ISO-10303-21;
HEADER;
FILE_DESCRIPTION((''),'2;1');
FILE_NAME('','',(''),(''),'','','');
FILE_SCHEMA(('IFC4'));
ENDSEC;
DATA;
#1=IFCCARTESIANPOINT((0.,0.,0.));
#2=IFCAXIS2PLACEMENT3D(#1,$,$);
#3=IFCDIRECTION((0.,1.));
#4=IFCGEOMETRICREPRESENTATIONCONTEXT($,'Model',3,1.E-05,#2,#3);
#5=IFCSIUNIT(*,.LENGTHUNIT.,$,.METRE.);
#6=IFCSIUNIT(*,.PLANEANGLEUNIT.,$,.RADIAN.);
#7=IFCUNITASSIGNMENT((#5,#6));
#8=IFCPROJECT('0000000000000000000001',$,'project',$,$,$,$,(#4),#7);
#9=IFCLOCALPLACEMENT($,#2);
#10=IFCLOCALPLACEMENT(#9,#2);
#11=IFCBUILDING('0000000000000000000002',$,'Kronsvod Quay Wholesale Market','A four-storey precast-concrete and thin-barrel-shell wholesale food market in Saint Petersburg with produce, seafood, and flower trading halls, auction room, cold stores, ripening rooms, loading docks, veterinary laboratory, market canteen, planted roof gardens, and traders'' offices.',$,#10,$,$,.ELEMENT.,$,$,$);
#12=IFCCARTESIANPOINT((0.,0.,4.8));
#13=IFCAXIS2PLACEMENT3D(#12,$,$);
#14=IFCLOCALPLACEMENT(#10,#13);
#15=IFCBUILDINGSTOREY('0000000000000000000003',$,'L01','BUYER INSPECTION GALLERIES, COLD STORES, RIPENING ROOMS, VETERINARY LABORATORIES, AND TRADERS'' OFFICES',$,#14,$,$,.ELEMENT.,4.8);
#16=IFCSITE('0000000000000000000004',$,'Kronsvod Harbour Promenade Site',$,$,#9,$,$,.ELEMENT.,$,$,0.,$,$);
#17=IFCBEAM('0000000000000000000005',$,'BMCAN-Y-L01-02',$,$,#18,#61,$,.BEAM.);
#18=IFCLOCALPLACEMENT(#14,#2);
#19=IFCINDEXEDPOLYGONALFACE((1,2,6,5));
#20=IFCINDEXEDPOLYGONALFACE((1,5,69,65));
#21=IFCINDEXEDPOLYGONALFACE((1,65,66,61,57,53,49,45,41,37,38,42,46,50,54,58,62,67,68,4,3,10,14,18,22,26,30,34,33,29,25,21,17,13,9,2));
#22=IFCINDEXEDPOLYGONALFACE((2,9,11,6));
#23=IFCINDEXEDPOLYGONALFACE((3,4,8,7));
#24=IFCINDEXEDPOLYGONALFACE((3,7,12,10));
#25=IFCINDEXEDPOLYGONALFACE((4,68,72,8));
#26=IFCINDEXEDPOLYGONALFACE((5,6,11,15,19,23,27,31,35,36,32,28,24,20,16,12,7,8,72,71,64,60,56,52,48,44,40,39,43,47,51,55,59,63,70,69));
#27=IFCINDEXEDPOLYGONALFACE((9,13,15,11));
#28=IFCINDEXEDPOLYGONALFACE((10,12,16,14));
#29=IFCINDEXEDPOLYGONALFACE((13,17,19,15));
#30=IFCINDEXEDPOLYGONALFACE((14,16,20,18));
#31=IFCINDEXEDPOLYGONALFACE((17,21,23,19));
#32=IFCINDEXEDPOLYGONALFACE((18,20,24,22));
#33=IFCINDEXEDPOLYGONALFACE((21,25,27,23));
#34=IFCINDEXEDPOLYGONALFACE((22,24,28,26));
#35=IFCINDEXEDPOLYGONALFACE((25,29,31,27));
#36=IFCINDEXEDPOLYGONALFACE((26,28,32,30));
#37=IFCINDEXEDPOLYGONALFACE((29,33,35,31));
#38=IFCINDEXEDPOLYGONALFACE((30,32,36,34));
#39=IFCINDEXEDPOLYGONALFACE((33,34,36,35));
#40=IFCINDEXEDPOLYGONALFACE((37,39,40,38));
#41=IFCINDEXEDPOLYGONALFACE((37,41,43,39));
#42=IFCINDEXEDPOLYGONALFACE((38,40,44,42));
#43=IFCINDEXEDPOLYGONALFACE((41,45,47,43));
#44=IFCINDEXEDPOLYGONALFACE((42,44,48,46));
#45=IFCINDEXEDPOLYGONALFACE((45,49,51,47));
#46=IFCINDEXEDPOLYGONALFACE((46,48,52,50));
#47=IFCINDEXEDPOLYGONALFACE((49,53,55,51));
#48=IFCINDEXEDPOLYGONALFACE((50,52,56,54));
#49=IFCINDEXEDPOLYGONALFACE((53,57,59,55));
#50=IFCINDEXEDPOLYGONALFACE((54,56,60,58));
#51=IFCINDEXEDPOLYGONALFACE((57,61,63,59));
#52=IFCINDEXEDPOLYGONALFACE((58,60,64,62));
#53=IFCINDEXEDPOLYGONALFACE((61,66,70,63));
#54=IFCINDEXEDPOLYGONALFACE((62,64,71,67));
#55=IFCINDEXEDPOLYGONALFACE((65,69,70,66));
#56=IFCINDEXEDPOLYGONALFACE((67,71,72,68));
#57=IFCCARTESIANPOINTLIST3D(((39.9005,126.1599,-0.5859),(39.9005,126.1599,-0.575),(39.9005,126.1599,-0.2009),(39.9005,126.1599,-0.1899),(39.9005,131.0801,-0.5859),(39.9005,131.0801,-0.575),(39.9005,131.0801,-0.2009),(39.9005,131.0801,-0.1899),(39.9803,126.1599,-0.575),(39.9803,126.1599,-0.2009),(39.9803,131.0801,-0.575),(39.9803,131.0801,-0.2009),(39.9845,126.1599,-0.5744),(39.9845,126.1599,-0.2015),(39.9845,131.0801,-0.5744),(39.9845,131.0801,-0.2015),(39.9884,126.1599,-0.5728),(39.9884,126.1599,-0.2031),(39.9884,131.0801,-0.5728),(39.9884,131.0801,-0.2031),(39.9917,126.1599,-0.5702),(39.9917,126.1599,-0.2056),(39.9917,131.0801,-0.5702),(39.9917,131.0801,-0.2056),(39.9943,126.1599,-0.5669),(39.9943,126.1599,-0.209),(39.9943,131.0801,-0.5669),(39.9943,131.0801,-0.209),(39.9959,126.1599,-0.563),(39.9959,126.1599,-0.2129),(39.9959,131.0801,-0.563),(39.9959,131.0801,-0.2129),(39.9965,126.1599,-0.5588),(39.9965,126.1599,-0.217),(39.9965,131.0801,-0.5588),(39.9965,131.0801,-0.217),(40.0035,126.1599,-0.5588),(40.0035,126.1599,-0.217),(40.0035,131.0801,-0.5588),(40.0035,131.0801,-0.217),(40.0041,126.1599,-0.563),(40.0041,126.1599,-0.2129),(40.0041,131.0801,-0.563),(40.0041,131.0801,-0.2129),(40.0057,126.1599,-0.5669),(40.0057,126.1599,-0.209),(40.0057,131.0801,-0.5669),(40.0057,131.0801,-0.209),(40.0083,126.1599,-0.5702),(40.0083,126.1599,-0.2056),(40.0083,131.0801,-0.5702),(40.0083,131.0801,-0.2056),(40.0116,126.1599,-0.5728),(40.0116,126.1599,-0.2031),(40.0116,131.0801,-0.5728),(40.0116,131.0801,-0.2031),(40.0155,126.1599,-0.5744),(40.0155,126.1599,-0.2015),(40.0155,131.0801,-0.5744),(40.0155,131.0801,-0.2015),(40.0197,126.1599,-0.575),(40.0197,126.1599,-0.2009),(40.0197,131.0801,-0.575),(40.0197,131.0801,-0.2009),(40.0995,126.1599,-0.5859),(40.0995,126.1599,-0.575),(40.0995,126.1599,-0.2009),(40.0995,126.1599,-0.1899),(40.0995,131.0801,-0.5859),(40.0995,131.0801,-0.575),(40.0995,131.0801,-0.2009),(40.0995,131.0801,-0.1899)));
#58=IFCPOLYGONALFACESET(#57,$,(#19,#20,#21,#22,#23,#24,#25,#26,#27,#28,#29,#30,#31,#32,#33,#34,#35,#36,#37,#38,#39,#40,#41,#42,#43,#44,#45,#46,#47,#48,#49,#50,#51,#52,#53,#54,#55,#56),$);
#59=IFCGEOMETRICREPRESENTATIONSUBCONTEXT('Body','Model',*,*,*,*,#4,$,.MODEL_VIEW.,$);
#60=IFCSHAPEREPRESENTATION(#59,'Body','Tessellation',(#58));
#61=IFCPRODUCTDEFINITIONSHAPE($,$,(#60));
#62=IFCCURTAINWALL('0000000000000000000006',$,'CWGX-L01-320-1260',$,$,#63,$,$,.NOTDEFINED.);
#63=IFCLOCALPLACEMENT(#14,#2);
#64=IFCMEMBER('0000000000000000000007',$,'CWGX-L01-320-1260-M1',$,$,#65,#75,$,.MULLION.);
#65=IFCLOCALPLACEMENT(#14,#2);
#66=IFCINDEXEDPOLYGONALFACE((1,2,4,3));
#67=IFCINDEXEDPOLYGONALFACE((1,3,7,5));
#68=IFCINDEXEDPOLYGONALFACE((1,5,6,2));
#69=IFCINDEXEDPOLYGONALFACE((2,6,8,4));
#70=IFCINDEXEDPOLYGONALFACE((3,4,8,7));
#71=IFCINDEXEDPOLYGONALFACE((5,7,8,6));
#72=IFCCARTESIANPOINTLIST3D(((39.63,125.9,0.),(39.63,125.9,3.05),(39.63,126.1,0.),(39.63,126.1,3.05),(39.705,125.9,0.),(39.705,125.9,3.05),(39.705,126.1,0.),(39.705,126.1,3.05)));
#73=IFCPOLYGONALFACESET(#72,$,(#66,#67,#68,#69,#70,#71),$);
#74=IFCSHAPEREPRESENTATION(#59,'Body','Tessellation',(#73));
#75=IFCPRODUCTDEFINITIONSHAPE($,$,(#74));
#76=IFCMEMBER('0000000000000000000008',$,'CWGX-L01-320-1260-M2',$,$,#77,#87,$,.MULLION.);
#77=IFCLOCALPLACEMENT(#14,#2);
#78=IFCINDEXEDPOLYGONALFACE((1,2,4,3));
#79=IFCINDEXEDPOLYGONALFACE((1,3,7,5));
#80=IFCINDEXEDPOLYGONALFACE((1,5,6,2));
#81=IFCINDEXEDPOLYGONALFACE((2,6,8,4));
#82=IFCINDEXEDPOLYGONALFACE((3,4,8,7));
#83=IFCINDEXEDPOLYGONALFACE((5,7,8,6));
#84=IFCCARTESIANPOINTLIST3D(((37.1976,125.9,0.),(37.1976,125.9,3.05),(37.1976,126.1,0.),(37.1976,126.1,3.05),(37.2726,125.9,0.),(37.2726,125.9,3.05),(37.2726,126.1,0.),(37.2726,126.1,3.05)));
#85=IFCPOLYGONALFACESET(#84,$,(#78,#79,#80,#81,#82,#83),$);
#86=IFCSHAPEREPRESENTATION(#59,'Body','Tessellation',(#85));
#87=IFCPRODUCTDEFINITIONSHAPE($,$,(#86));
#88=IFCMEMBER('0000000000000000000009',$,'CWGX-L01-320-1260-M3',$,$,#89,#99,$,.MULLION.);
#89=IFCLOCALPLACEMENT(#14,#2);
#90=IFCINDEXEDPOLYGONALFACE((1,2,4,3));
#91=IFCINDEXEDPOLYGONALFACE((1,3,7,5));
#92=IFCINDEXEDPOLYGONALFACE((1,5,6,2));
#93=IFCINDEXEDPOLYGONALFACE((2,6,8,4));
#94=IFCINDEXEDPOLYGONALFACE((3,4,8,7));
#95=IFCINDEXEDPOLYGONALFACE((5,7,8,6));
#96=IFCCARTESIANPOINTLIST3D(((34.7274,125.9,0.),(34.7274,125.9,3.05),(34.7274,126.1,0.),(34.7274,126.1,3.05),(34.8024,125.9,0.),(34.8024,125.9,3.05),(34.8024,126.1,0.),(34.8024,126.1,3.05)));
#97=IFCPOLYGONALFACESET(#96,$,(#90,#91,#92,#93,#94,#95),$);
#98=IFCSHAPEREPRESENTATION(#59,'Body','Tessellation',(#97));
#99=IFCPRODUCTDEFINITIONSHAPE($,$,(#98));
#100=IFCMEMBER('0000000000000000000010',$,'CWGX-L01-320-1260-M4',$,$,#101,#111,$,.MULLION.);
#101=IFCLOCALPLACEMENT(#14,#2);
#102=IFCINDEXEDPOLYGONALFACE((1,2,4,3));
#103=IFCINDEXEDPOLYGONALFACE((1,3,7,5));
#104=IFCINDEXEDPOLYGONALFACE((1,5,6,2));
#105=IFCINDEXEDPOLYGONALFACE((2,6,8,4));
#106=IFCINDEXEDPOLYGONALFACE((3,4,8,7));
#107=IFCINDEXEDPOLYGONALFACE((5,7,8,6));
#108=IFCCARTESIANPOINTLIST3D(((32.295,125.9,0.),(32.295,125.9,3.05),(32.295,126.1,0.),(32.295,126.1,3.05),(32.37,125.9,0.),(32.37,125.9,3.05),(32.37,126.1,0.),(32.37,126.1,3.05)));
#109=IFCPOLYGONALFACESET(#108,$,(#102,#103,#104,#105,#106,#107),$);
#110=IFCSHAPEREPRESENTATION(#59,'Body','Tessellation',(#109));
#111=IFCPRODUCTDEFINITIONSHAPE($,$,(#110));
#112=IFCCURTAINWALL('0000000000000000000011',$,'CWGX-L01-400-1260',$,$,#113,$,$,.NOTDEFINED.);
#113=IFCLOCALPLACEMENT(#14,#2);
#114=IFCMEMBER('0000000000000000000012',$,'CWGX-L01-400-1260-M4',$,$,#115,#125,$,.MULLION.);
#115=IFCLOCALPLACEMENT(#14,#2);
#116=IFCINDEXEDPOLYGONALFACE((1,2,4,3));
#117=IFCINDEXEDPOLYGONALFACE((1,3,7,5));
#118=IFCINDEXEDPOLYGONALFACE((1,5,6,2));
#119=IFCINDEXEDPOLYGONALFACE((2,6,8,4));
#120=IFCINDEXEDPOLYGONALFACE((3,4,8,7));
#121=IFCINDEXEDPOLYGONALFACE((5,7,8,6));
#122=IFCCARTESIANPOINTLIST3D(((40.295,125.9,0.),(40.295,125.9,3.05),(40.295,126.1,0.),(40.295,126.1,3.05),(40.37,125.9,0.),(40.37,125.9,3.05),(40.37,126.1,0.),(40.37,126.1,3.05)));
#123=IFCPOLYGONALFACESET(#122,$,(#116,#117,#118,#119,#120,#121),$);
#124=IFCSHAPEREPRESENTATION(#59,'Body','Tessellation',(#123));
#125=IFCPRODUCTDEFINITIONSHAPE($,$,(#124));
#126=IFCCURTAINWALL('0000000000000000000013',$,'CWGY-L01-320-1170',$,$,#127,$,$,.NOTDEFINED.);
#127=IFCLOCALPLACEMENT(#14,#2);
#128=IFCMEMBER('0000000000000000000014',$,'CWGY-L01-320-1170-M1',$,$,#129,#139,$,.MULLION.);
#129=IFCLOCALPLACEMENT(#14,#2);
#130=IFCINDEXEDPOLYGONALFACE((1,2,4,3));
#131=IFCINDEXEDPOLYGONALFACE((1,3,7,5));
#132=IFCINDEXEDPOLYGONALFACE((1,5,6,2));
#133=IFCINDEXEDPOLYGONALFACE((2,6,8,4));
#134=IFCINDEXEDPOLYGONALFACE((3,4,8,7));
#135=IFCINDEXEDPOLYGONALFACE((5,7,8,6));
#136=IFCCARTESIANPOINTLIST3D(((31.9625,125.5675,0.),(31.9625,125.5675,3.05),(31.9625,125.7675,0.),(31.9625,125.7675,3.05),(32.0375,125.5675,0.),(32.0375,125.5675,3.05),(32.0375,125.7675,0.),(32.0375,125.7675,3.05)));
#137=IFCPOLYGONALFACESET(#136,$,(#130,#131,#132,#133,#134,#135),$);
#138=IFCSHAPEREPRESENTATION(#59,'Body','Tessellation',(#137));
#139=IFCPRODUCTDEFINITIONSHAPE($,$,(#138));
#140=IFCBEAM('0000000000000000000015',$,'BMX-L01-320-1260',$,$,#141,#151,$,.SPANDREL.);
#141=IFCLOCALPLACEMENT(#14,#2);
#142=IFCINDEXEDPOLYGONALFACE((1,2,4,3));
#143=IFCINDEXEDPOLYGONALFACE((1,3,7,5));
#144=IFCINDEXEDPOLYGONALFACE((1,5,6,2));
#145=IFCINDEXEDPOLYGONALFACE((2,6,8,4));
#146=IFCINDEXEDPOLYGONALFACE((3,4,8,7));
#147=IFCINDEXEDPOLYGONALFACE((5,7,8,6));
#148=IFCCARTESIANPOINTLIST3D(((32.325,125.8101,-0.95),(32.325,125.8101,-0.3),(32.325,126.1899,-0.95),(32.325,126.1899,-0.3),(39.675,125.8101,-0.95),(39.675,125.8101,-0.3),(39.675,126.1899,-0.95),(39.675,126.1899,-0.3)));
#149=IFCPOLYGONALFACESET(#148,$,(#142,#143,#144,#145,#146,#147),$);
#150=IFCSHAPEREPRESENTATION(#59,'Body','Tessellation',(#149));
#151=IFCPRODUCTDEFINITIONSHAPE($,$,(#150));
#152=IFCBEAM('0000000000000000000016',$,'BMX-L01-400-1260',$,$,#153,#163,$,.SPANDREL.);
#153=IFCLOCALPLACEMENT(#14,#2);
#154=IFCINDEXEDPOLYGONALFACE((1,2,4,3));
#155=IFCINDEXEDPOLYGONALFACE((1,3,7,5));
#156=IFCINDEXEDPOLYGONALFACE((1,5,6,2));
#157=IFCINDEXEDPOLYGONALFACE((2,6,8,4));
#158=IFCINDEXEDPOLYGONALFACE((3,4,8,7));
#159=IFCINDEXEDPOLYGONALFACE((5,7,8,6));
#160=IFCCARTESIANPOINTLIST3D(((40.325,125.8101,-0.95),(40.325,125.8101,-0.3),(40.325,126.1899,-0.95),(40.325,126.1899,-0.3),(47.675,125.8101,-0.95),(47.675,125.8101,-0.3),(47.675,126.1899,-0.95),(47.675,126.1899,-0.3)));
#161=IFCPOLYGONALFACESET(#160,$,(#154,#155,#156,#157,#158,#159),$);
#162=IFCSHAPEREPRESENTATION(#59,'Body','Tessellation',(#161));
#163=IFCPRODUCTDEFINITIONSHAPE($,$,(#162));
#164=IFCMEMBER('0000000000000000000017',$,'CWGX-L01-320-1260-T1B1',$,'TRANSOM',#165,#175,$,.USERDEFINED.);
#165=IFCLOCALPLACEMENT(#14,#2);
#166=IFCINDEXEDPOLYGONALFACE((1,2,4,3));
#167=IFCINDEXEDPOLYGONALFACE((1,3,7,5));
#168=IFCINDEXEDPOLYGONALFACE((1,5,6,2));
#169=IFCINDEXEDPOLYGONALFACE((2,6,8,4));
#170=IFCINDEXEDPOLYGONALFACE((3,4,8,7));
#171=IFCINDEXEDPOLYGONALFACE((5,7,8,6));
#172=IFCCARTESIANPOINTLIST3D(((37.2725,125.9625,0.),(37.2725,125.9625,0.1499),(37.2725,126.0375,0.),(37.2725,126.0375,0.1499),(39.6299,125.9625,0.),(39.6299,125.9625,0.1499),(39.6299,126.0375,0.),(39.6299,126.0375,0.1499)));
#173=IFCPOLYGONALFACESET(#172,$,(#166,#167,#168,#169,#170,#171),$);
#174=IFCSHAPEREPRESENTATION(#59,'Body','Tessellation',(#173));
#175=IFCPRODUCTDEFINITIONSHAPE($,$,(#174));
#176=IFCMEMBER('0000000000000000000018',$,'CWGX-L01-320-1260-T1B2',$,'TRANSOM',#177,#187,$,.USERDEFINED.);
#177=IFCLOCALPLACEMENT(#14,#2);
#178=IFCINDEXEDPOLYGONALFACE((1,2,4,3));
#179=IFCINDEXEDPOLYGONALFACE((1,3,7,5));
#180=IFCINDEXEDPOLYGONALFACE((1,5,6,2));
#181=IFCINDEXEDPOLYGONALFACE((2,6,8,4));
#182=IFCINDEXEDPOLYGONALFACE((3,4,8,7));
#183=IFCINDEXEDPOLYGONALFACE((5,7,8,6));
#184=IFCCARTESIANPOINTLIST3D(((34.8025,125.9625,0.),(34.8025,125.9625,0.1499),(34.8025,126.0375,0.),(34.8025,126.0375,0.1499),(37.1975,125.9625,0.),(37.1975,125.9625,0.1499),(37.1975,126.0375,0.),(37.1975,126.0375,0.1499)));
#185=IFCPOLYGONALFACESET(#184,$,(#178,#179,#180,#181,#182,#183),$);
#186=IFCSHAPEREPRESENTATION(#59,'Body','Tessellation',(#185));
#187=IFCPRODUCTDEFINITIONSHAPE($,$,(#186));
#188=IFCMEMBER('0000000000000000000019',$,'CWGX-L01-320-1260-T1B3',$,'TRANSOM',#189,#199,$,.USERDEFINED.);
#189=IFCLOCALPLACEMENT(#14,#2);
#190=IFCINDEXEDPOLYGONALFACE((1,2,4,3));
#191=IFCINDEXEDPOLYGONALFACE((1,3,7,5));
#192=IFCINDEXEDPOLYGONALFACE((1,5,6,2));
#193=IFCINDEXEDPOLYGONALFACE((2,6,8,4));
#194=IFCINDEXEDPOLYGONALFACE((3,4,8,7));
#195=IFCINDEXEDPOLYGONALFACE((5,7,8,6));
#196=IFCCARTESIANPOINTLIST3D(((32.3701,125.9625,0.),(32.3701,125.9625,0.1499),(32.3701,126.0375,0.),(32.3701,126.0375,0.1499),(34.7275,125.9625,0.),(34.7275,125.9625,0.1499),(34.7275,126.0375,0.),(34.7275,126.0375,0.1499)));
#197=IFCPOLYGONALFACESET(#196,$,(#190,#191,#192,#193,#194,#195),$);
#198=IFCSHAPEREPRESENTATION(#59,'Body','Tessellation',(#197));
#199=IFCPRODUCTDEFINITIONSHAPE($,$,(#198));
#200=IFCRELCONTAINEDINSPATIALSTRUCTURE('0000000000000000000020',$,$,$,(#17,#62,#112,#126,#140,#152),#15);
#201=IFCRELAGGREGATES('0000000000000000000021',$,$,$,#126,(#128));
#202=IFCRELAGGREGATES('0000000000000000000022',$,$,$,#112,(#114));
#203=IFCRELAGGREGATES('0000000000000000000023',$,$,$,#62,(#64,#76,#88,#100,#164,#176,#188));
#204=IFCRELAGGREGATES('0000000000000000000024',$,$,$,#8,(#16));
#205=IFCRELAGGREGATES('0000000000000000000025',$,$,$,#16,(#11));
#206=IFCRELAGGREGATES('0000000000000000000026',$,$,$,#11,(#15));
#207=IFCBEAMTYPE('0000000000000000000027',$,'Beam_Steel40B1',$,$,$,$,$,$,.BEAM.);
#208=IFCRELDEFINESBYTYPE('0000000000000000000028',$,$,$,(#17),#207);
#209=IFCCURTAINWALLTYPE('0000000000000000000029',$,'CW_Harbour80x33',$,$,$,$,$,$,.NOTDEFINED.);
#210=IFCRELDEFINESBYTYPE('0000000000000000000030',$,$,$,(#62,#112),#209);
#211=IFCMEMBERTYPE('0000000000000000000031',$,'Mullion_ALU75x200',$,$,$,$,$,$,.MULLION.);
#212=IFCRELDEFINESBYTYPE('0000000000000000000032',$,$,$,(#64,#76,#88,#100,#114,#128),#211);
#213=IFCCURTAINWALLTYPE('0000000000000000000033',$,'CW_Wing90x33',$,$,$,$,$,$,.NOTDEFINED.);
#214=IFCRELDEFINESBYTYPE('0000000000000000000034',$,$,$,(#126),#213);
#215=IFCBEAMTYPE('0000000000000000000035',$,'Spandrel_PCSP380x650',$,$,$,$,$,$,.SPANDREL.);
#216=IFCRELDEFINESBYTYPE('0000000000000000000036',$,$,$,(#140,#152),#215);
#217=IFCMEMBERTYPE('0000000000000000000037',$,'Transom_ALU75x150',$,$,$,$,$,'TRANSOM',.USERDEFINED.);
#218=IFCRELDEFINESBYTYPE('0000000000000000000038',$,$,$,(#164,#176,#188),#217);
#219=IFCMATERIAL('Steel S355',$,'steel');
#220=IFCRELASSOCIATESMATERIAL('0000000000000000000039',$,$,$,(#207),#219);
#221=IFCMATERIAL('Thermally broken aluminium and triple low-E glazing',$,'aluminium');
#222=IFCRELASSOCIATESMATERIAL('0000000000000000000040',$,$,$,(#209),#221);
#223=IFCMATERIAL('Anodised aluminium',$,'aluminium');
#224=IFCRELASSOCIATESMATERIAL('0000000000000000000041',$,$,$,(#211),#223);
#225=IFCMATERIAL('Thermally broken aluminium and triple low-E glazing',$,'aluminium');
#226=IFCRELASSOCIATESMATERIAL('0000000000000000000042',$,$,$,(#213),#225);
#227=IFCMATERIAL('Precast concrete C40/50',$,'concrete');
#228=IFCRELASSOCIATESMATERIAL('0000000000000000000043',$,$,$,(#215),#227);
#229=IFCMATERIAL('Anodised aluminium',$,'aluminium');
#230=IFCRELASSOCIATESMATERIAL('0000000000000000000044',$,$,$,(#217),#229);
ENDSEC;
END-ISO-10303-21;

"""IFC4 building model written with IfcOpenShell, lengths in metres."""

from ifc_helpers import new_model, si_unit, direction, frame, origin, origin_2d, place, context, subcontext, project, spatial, rectangle, i_section, extrude, material, material_profile, profile_set, type_object, element, aggregate, save


model = new_model("IFC4")

# Units and contexts
model_context = context("Model", 3, precision=1e-05, world=origin(), true_north=direction((0.0, 1.0)))
body_context = subcontext(model_context, "Body", "Model", "MODEL_VIEW")
ifc_project = project(units=[si_unit("LENGTHUNIT", "METRE"), si_unit("PLANEANGLEUNIT", "RADIAN")], contexts=[model_context])

# Site, building, storey
site_placement = place(None, origin())
site = spatial("IfcSite", under=ifc_project, at=site_placement, Name="Kronsvod Harbour Promenade Site", CompositionType="ELEMENT", RefElevation=0.0)
building_placement = place(site_placement, origin())
building = spatial("IfcBuilding", under=site, at=building_placement, Name="Kronsvod Quay Wholesale Market", Description="A four-storey precast-concrete and thin-barrel-shell wholesale food market in Saint Petersburg with produce, seafood, and flower trading halls, auction room, cold stores, ripening rooms, loading docks, veterinary laboratory, market canteen, planted roof gardens, and traders' offices.", CompositionType="ELEMENT")
storey_placement = place(building_placement, frame((0.0, 0.0, 4.8)))
storey = spatial("IfcBuildingStorey", under=building, at=storey_placement, Name="L01", Description="BUYER INSPECTION GALLERIES, COLD STORES, RIPENING ROOMS, VETERINARY LABORATORIES, AND TRADERS' OFFICES", CompositionType="ELEMENT", Elevation=4.8)

# Beam
ifc_material_1 = material(Name="Steel S355", Category="steel")
ifc_material_profile_1 = material_profile(ifc_material_1, i_section(OverallWidth=0.199, OverallDepth=0.396, WebThickness=0.0071, FlangeThickness=0.011, FilletRadius=0.0161, at=origin_2d()), Name="40B1")
ifc_profile_set_1 = profile_set([ifc_material_profile_1], Name="Steel S355")
beam_type_1 = type_object("IfcBeamType", Name="Beam_Steel40B1", PredefinedType="BEAM", material=ifc_profile_set_1)
for number, where, z_axis, x_axis, name in (
    (1, (40.0, 126.1599, -0.3879), (0.0, 1.0, 0.0), (-1.0, 0.0, 0.0), "BMCAN-Y-L01-02"),
):
    element("IfcBeam", number, at=place(storey_placement, frame(where, z_axis=z_axis, x_axis=x_axis)), inside=storey, type_object=beam_type_1, Name=name, PredefinedType="BEAM", context=body_context, shape_type="SweptSolid", body=[
        extrude(i_section(OverallWidth=0.199, OverallDepth=0.396, WebThickness=0.0071, FlangeThickness=0.011, FilletRadius=0.0161, at=origin_2d()), origin(), (0.0, 0.0, 1.0), 4.9202),
    ])

# Curtain wall, members
ifc_material_2 = material(Name="Thermally broken aluminium and triple low-E glazing", Category="aluminium")
curtain_wall_type_1 = type_object("IfcCurtainWallType", Name="CW_Harbour80x33", PredefinedType="NOTDEFINED", material=ifc_material_2)
curtain_wall_1_placement = place(storey_placement, origin())
curtain_wall_1 = element("IfcCurtainWall", 2, at=curtain_wall_1_placement, inside=storey, type_object=curtain_wall_type_1, Name="CWGX-L01-320-1260", PredefinedType="NOTDEFINED")
ifc_material_3 = material(Name="Anodised aluminium", Category="aluminium")
ifc_material_profile_2 = material_profile(ifc_material_3, rectangle(XDim=0.075, YDim=0.2, at=origin_2d()), Name="ALUM75x200")
ifc_profile_set_2 = profile_set([ifc_material_profile_2], Name="Anodised aluminium")
member_type_1 = type_object("IfcMemberType", Name="Mullion_ALU75x200", PredefinedType="MULLION", material=ifc_profile_set_2)
member_1_placement = place(storey_placement, frame((39.6675, 126.0, 0.0), z_axis=(0.0, 0.0, 1.0), x_axis=(1.0, 0.0, 0.0)))
member_1 = element("IfcMember", 3, at=member_1_placement, type_object=member_type_1, Name="CWGX-L01-320-1260-M1", PredefinedType="MULLION", context=body_context, shape_type="SweptSolid", body=[
    extrude(rectangle(XDim=0.075, YDim=0.2, at=origin_2d()), origin(), (0.0, 0.0, 1.0), 3.05),
])
member_2_placement = place(storey_placement, frame((37.2351, 126.0, 0.0), z_axis=(0.0, 0.0, 1.0), x_axis=(1.0, 0.0, 0.0)))
member_2 = element("IfcMember", 4, at=member_2_placement, type_object=member_type_1, Name="CWGX-L01-320-1260-M2", PredefinedType="MULLION", context=body_context, shape_type="SweptSolid", body=[
    extrude(rectangle(XDim=0.075, YDim=0.2, at=origin_2d()), origin(), (0.0, 0.0, 1.0), 3.05),
])
member_3_placement = place(storey_placement, frame((34.7649, 126.0, 0.0), z_axis=(0.0, 0.0, 1.0), x_axis=(1.0, 0.0, 0.0)))
member_3 = element("IfcMember", 5, at=member_3_placement, type_object=member_type_1, Name="CWGX-L01-320-1260-M3", PredefinedType="MULLION", context=body_context, shape_type="SweptSolid", body=[
    extrude(rectangle(XDim=0.075, YDim=0.2, at=origin_2d()), origin(), (0.0, 0.0, 1.0), 3.05),
])
member_4_placement = place(storey_placement, frame((32.3325, 126.0, 0.0), z_axis=(0.0, 0.0, 1.0), x_axis=(1.0, 0.0, 0.0)))
member_4 = element("IfcMember", 6, at=member_4_placement, type_object=member_type_1, Name="CWGX-L01-320-1260-M4", PredefinedType="MULLION", context=body_context, shape_type="SweptSolid", body=[
    extrude(rectangle(XDim=0.075, YDim=0.2, at=origin_2d()), origin(), (0.0, 0.0, 1.0), 3.05),
])

# Curtain walls, members
curtain_wall_2_placement = place(storey_placement, origin())
curtain_wall_2 = element("IfcCurtainWall", 7, at=curtain_wall_2_placement, inside=storey, type_object=curtain_wall_type_1, Name="CWGX-L01-400-1260", PredefinedType="NOTDEFINED")
member_5_placement = place(storey_placement, frame((40.3325, 126.0, 0.0), z_axis=(0.0, 0.0, 1.0), x_axis=(1.0, 0.0, 0.0)))
member_5 = element("IfcMember", 8, at=member_5_placement, type_object=member_type_1, Name="CWGX-L01-400-1260-M4", PredefinedType="MULLION", context=body_context, shape_type="SweptSolid", body=[
    extrude(rectangle(XDim=0.075, YDim=0.2, at=origin_2d()), origin(), (0.0, 0.0, 1.0), 3.05),
])
ifc_material_4 = material(Name="Thermally broken aluminium and triple low-E glazing", Category="aluminium")
curtain_wall_type_2 = type_object("IfcCurtainWallType", Name="CW_Wing90x33", PredefinedType="NOTDEFINED", material=ifc_material_4)
curtain_wall_3_placement = place(storey_placement, origin())
curtain_wall_3 = element("IfcCurtainWall", 9, at=curtain_wall_3_placement, inside=storey, type_object=curtain_wall_type_2, Name="CWGY-L01-320-1170", PredefinedType="NOTDEFINED")
member_6_placement = place(storey_placement, frame((32.0, 125.6675, 0.0), z_axis=(0.0, 0.0, 1.0), x_axis=(1.0, 0.0, 0.0)))
member_6 = element("IfcMember", 10, at=member_6_placement, type_object=member_type_1, Name="CWGY-L01-320-1170-M1", PredefinedType="MULLION", context=body_context, shape_type="SweptSolid", body=[
    extrude(rectangle(XDim=0.075, YDim=0.2, at=origin_2d()), origin(), (0.0, 0.0, 1.0), 3.05),
])

# Beams
ifc_material_5 = material(Name="Precast concrete C40/50", Category="concrete")
ifc_material_profile_3 = material_profile(ifc_material_5, rectangle(XDim=0.3799, YDim=0.6499, at=origin_2d()), Name="SPB-03")
ifc_profile_set_3 = profile_set([ifc_material_profile_3], Name="Precast concrete C40/50")
beam_type_2 = type_object("IfcBeamType", Name="Spandrel_PCSP380x650", PredefinedType="SPANDREL", material=ifc_profile_set_3)
for number, where, z_axis, x_axis, name in (
    (11, (32.325, 126.0, -0.625), (1.0, 0.0, 0.0), (0.0, 1.0, 0.0), "BMX-L01-320-1260"),
    (12, (40.325, 126.0, -0.625), (1.0, 0.0, 0.0), (0.0, 1.0, 0.0), "BMX-L01-400-1260"),
):
    element("IfcBeam", number, at=place(storey_placement, frame(where, z_axis=z_axis, x_axis=x_axis)), inside=storey, type_object=beam_type_2, Name=name, PredefinedType="SPANDREL", context=body_context, shape_type="SweptSolid", body=[
        extrude(rectangle(XDim=0.3799, YDim=0.6499, at=origin_2d()), origin(), (0.0, 0.0, 1.0), 7.3501),
    ])

# Members
ifc_material_6 = material(Name="Anodised aluminium", Category="aluminium")
ifc_material_profile_4 = material_profile(ifc_material_6, rectangle(XDim=0.075, YDim=0.1499, at=origin_2d()), Name="ALUT75x150")
ifc_profile_set_4 = profile_set([ifc_material_profile_4], Name="Anodised aluminium")
member_type_2 = type_object("IfcMemberType", Name="Transom_ALU75x150", ElementType="TRANSOM", PredefinedType="USERDEFINED", material=ifc_profile_set_4)
member_7_placement = place(storey_placement, frame((39.6299, 126.0, 0.075), z_axis=(-1.0, 0.0, 0.0), x_axis=(0.0, -1.0, 0.0)))
member_7 = element("IfcMember", 13, at=member_7_placement, type_object=member_type_2, Name="CWGX-L01-320-1260-T1B1", ObjectType="TRANSOM", PredefinedType="USERDEFINED", context=body_context, shape_type="SweptSolid", body=[
    extrude(rectangle(XDim=0.075, YDim=0.1499, at=origin_2d()), origin(), (0.0, 0.0, 1.0), 2.3574),
])
member_8_placement = place(storey_placement, frame((37.1975, 126.0, 0.075), z_axis=(-1.0, 0.0, 0.0), x_axis=(0.0, -1.0, 0.0)))
member_8 = element("IfcMember", 14, at=member_8_placement, type_object=member_type_2, Name="CWGX-L01-320-1260-T1B2", ObjectType="TRANSOM", PredefinedType="USERDEFINED", context=body_context, shape_type="SweptSolid", body=[
    extrude(rectangle(XDim=0.075, YDim=0.1499, at=origin_2d()), origin(), (0.0, 0.0, 1.0), 2.395),
])
member_9_placement = place(storey_placement, frame((34.7275, 126.0, 0.075), z_axis=(-1.0, 0.0, 0.0), x_axis=(0.0, -1.0, 0.0)))
member_9 = element("IfcMember", 15, at=member_9_placement, type_object=member_type_2, Name="CWGX-L01-320-1260-T1B3", ObjectType="TRANSOM", PredefinedType="USERDEFINED", context=body_context, shape_type="SweptSolid", body=[
    extrude(rectangle(XDim=0.075, YDim=0.1499, at=origin_2d()), origin(), (0.0, 0.0, 1.0), 2.3574),
])
aggregate(curtain_wall_3, [member_6])

aggregate(curtain_wall_2, [member_5])
aggregate(curtain_wall_1, [member_1, member_2, member_3, member_4, member_7, member_8, member_9])

save(model, "model.ifc")
